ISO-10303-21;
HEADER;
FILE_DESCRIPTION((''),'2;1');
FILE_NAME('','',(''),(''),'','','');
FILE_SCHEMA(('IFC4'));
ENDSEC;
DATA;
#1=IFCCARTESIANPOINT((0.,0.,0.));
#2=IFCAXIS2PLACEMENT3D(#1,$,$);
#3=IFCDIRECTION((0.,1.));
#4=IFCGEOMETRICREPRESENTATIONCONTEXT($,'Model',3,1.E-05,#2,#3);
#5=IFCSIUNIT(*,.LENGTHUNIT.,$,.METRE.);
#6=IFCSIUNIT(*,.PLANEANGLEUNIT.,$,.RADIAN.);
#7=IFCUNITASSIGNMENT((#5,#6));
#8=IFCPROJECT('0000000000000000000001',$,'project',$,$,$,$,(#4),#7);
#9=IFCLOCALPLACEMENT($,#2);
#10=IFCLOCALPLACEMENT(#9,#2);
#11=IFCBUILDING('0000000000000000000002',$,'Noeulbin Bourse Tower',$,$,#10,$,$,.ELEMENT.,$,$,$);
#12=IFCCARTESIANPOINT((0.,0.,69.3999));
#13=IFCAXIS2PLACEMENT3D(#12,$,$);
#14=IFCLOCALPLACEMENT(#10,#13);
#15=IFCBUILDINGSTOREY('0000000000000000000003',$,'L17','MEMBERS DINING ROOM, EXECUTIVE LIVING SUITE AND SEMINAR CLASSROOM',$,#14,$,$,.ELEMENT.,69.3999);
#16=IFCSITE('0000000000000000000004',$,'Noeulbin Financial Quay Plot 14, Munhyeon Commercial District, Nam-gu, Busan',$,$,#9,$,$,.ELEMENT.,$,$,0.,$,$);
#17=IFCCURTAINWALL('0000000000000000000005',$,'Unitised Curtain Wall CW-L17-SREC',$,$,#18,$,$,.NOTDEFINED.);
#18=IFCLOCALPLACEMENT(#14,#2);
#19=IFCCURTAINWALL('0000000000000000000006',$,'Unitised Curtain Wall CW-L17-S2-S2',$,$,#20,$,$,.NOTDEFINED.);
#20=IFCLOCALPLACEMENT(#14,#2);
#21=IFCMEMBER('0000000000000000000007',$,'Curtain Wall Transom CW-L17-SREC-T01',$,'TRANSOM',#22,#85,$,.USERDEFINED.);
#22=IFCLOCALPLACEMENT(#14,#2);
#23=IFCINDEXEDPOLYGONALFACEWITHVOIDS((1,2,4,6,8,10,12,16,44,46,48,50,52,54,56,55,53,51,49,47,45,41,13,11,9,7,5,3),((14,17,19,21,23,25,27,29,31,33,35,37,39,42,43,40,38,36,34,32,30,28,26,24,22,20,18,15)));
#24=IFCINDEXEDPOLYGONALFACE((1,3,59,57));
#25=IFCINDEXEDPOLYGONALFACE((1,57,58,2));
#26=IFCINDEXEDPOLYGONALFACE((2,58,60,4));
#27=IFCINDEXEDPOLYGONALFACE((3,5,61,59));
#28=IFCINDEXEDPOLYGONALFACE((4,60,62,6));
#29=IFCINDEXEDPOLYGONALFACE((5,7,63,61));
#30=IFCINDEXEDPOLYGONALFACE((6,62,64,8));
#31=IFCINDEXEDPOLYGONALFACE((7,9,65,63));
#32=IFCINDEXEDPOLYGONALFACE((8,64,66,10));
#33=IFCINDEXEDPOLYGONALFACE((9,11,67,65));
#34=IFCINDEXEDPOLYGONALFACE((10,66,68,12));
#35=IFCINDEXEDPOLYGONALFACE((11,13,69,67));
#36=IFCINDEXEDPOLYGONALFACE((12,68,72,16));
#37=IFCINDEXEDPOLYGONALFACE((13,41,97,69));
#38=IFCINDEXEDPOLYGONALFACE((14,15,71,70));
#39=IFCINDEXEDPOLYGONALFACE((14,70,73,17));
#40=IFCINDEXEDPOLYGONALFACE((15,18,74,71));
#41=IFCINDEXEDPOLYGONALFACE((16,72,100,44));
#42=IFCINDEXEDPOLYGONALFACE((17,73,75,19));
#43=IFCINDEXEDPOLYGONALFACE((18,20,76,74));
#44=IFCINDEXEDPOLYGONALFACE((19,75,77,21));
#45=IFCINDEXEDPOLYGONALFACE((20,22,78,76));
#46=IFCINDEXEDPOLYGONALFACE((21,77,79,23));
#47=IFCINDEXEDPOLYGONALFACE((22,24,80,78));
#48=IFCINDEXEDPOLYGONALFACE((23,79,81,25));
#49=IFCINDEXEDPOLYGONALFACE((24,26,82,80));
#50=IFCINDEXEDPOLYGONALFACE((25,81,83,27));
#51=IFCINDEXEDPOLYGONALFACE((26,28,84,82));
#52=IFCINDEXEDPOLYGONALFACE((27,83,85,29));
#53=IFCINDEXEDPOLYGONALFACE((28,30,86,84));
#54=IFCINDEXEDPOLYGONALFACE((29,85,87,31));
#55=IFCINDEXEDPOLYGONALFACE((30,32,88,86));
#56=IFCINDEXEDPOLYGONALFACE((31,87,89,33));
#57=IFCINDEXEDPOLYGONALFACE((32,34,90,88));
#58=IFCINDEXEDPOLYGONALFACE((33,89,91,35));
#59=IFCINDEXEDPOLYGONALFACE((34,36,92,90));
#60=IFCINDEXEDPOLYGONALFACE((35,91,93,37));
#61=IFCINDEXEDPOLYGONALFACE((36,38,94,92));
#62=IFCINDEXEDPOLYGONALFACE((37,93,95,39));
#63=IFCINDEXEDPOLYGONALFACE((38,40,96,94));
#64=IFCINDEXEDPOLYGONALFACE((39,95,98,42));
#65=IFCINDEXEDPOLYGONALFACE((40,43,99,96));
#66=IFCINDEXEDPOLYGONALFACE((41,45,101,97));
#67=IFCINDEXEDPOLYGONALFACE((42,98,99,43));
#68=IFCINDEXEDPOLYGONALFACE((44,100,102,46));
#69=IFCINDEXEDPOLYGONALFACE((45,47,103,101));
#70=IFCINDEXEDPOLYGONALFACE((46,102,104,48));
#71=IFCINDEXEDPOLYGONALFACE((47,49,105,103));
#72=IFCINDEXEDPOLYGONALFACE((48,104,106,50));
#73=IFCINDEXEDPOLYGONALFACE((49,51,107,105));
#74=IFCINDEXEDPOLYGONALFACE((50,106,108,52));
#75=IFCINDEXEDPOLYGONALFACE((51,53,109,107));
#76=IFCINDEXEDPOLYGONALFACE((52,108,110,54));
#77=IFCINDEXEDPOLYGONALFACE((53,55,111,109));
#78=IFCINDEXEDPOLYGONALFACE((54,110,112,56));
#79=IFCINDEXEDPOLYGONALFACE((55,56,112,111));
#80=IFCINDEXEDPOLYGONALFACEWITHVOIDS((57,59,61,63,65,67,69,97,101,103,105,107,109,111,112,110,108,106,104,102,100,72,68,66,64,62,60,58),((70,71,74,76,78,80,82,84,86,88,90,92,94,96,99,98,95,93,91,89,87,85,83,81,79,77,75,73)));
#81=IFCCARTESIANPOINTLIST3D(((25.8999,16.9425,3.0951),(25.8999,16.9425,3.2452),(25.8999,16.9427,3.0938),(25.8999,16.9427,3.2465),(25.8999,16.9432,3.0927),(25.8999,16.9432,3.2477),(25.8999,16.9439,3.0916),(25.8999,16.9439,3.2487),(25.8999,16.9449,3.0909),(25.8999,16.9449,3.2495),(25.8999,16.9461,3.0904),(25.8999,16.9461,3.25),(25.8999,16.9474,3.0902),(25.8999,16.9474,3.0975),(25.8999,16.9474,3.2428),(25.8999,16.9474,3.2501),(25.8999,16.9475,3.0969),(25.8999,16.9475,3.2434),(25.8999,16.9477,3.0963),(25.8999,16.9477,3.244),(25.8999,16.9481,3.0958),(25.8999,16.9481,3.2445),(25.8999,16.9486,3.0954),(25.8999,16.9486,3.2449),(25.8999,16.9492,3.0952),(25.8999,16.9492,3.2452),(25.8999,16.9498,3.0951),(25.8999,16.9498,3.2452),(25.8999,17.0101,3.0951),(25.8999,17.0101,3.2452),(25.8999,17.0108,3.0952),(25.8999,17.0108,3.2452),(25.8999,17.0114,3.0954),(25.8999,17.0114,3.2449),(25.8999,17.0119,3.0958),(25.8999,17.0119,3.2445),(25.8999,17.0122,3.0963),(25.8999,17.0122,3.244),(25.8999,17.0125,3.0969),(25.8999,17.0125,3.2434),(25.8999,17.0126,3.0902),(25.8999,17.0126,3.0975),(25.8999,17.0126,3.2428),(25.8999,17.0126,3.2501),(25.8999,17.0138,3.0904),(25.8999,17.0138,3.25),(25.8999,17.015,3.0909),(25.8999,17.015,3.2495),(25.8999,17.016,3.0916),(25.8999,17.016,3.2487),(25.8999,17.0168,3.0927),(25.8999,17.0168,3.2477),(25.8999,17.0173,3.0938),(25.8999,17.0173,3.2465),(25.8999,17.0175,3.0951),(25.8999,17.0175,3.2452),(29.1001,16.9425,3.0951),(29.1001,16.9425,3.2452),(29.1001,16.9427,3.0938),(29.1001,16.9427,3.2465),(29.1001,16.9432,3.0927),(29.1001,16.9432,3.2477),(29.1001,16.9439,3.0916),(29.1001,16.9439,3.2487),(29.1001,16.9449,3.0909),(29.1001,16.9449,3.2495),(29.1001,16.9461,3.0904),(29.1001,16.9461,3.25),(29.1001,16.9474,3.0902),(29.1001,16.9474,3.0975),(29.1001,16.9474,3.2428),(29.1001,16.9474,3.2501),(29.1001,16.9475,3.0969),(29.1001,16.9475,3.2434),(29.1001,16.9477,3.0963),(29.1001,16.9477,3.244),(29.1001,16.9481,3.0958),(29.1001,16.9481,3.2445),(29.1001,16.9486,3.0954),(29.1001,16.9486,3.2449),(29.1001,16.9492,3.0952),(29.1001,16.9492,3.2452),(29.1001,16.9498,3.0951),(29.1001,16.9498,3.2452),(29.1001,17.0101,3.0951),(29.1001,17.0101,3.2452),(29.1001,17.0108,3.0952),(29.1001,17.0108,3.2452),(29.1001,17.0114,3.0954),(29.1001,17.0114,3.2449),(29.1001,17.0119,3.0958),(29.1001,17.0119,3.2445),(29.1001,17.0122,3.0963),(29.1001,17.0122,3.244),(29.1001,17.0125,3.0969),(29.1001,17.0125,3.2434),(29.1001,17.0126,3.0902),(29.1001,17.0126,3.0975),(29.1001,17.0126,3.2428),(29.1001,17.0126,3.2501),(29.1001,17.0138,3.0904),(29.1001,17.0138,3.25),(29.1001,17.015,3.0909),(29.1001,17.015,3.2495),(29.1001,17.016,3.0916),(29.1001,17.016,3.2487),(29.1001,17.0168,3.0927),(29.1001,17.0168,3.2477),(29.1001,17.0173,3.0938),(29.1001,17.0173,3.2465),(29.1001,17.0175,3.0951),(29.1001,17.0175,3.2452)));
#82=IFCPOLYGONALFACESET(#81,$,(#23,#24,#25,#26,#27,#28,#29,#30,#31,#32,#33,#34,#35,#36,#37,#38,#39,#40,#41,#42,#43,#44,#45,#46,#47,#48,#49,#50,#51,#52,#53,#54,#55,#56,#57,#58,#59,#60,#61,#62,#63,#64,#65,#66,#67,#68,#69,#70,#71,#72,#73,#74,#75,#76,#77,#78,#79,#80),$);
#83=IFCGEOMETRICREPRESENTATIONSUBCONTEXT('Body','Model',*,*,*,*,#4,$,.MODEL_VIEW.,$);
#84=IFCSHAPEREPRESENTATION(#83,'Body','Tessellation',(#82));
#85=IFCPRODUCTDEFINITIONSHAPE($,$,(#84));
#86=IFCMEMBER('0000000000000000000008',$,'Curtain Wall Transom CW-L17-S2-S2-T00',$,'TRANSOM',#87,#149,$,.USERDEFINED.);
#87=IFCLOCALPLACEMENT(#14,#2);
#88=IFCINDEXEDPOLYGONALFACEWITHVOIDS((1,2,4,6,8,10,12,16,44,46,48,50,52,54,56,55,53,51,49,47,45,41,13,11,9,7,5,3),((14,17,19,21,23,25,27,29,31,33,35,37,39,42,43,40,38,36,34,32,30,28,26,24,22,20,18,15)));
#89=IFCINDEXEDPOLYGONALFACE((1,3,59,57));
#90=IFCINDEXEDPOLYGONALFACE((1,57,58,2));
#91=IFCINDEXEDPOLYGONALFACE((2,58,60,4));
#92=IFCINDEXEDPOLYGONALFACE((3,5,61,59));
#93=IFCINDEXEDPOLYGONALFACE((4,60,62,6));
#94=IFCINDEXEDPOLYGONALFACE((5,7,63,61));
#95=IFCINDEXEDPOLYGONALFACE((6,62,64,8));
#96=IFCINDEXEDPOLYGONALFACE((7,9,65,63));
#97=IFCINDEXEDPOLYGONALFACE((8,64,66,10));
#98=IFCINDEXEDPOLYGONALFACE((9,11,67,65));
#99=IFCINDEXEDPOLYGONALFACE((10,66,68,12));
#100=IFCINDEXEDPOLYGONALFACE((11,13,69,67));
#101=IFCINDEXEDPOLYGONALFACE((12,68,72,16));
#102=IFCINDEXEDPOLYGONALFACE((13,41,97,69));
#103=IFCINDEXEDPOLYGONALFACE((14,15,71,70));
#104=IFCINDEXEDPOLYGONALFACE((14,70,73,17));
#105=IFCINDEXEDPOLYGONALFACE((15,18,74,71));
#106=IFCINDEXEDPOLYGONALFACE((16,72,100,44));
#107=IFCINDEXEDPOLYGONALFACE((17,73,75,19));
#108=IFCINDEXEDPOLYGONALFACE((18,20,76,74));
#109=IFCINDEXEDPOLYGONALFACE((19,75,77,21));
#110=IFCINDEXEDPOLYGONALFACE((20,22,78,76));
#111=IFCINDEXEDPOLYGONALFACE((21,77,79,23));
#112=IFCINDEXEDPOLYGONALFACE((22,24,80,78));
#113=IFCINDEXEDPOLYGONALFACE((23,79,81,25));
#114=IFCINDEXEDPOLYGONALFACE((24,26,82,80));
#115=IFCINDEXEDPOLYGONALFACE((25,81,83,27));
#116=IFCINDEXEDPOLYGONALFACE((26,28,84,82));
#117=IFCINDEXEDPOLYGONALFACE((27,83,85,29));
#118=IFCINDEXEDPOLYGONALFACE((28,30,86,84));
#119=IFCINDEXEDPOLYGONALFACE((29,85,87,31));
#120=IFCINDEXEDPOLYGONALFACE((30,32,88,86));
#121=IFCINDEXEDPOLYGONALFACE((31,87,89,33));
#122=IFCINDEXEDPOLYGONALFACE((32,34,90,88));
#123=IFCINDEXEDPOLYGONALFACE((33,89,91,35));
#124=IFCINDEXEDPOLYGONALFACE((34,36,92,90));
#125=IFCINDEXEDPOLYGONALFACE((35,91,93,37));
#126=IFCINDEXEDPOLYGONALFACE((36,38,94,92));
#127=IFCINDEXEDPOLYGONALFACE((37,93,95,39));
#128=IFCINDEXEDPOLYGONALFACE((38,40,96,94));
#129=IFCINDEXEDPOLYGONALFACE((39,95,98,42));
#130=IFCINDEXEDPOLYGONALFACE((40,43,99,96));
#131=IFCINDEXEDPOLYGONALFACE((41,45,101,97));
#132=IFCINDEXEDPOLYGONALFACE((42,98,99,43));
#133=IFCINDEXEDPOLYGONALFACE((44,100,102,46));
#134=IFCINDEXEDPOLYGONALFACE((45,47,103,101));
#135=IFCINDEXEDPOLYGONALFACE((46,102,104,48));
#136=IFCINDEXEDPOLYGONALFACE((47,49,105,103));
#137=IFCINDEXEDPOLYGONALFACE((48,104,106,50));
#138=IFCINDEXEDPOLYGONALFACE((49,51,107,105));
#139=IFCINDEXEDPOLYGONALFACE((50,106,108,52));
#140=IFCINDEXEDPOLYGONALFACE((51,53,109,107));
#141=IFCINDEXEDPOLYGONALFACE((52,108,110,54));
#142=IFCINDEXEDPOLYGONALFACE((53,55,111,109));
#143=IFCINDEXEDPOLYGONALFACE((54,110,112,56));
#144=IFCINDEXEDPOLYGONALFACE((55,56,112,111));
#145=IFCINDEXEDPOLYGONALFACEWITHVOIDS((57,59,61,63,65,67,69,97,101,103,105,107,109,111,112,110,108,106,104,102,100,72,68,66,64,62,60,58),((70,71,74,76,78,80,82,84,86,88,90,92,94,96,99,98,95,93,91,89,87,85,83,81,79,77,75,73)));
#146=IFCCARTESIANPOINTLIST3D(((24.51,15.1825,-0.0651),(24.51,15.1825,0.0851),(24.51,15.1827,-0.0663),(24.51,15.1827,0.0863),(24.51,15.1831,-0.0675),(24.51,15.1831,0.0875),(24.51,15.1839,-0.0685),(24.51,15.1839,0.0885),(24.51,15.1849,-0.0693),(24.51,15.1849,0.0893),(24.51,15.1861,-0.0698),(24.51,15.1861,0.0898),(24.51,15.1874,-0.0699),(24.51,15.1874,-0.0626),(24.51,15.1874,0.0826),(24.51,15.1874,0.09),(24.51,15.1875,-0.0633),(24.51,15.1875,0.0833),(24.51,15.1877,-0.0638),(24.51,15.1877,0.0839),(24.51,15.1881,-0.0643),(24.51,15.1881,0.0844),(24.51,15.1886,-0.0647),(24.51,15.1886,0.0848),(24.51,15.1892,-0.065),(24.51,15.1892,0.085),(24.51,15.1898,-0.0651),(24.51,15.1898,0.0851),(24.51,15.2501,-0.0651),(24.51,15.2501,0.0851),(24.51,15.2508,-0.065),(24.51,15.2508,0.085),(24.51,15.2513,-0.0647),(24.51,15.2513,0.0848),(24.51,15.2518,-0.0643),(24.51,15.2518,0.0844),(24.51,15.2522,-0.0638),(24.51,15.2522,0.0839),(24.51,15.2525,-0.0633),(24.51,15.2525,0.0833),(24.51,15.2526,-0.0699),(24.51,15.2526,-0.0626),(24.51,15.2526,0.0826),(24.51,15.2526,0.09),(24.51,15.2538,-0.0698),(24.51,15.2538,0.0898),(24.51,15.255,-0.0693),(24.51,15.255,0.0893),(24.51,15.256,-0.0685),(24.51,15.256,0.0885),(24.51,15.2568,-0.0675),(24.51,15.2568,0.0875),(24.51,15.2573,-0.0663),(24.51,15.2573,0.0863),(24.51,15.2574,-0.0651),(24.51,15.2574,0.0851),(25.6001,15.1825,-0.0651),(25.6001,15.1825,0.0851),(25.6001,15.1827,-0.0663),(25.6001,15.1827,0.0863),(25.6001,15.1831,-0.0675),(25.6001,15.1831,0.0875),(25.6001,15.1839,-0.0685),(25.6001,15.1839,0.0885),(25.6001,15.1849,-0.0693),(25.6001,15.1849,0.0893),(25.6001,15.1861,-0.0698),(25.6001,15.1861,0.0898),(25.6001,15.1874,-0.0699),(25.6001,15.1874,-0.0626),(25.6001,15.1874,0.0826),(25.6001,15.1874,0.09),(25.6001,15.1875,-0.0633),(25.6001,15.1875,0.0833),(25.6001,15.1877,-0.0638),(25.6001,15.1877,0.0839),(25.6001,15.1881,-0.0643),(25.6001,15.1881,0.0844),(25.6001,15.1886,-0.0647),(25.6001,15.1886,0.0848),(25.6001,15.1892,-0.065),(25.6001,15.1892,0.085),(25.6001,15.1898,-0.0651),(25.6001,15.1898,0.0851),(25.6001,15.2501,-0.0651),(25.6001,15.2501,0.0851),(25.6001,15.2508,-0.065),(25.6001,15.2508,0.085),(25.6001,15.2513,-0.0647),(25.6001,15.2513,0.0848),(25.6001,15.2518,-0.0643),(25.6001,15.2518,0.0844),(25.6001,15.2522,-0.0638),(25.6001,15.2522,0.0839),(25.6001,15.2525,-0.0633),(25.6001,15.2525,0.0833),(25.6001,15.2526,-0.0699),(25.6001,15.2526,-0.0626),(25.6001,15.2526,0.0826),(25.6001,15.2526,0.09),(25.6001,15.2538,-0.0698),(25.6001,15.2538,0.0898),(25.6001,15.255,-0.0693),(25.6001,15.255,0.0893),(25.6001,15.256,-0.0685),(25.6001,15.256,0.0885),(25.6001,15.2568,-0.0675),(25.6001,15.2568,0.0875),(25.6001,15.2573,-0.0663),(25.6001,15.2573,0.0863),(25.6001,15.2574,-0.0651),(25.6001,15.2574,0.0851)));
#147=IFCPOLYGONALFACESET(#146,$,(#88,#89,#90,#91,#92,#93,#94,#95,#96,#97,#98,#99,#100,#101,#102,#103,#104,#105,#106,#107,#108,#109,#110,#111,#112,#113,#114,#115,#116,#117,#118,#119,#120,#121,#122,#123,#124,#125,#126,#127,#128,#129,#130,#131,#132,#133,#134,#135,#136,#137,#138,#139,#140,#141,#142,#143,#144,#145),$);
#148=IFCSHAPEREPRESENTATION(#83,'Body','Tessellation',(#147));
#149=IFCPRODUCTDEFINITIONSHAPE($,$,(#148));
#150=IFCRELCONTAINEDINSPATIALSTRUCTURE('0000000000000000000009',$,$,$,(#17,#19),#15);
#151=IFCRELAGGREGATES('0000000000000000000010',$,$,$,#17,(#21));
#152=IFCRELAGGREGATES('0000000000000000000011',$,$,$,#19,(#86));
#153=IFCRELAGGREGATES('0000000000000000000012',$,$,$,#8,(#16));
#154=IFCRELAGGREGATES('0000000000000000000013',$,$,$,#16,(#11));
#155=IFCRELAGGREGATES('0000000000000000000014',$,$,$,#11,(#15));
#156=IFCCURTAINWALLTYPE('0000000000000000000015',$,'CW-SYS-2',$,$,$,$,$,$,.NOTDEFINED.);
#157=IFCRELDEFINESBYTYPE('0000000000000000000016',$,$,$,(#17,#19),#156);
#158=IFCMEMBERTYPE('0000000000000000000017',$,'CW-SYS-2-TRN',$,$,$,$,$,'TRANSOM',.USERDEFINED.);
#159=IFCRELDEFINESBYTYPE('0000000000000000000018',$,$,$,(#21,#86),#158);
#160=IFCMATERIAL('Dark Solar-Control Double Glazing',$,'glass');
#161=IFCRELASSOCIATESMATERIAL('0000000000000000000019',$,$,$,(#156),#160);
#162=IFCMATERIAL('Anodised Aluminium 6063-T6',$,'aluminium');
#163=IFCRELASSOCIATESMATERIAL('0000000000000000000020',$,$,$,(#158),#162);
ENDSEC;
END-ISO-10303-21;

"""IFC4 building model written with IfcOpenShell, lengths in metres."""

from ifc_helpers import new_model, si_unit, direction, frame, origin, origin_2d, place, context, subcontext, project, spatial, hollow_rectangle, extrude, material, material_profile, profile_set, type_object, element, aggregate, save


model = new_model("IFC4")

# Units and contexts
model_context = context("Model", 3, precision=1e-05, world=origin(), true_north=direction((0.0, 1.0)))
body_context = subcontext(model_context, "Body", "Model", "MODEL_VIEW")
ifc_project = project(units=[si_unit("LENGTHUNIT", "METRE"), si_unit("PLANEANGLEUNIT", "RADIAN")], contexts=[model_context])

# Site, building, storey
site_placement = place(None, origin())
site = spatial("IfcSite", under=ifc_project, at=site_placement, Name="Noeulbin Financial Quay Plot 14, Munhyeon Commercial District, Nam-gu, Busan", CompositionType="ELEMENT", RefElevation=0.0)
building_placement = place(site_placement, origin())
building = spatial("IfcBuilding", under=site, at=building_placement, Name="Noeulbin Bourse Tower", CompositionType="ELEMENT")
storey_placement = place(building_placement, frame((0.0, 0.0, 69.3999)))
storey = spatial("IfcBuildingStorey", under=building, at=storey_placement, Name="L17", Description="MEMBERS DINING ROOM, EXECUTIVE LIVING SUITE AND SEMINAR CLASSROOM", CompositionType="ELEMENT", Elevation=69.3999)

# Curtain wall
ifc_material_1 = material(Name="Dark Solar-Control Double Glazing", Category="glass")
curtain_wall_type = type_object("IfcCurtainWallType", Name="CW-SYS-2", PredefinedType="NOTDEFINED", material=ifc_material_1)
curtain_wall_1_placement = place(storey_placement, origin())
curtain_wall_1 = element("IfcCurtainWall", 1, at=curtain_wall_1_placement, inside=storey, type_object=curtain_wall_type, Name="Unitised Curtain Wall CW-L17-SREC", PredefinedType="NOTDEFINED")
ifc_material_2 = material(Name="Anodised Aluminium 6063-T6", Category="aluminium")

# Curtain wall
curtain_wall_2_placement = place(storey_placement, origin())
curtain_wall_2 = element("IfcCurtainWall", 2, at=curtain_wall_2_placement, inside=storey, type_object=curtain_wall_type, Name="Unitised Curtain Wall CW-L17-S2-S2", PredefinedType="NOTDEFINED")

# Members
ifc_material_profile_1 = material_profile(ifc_material_2, hollow_rectangle(XDim=0.075, YDim=0.1599, WallThickness=0.0049, InnerFilletRadius=0.0024, OuterFilletRadius=0.0049, at=origin_2d()), Name="ALU-TRAN-75x160x5", Category="LoadBearing")
ifc_profile_set_1 = profile_set([ifc_material_profile_1], Name="Anodised Aluminium 6063-T6")
member_type_1 = type_object("IfcMemberType", Name="CW-SYS-2-TRN", ElementType="TRANSOM", PredefinedType="USERDEFINED", material=ifc_profile_set_1)
member_1_placement = place(storey_placement, frame((25.8999, 16.98, 3.1702), z_axis=(1.0, 0.0, 0.0), x_axis=(0.0, 1.0, 0.0)))
member_1 = element("IfcMember", 3, at=member_1_placement, type_object=member_type_1, Name="Curtain Wall Transom CW-L17-SREC-T01", ObjectType="TRANSOM", PredefinedType="USERDEFINED", context=body_context, shape_type="SweptSolid", body=[
    extrude(hollow_rectangle(XDim=0.075, YDim=0.1599, WallThickness=0.0049, InnerFilletRadius=0.0024, OuterFilletRadius=0.0049, at=origin_2d()), origin(), (0.0, 0.0, 1.0), 3.2002),
])
member_2_placement = place(storey_placement, frame((24.51, 15.22, 0.01), z_axis=(1.0, 0.0, 0.0), x_axis=(0.0, 1.0, 0.0)))
member_2 = element("IfcMember", 4, at=member_2_placement, type_object=member_type_1, Name="Curtain Wall Transom CW-L17-S2-S2-T00", ObjectType="TRANSOM", PredefinedType="USERDEFINED", context=body_context, shape_type="SweptSolid", body=[
    extrude(hollow_rectangle(XDim=0.075, YDim=0.1599, WallThickness=0.0049, InnerFilletRadius=0.0024, OuterFilletRadius=0.0049, at=origin_2d()), origin(), (0.0, 0.0, 1.0), 1.0901),
])

aggregate(curtain_wall_1, [member_1])
aggregate(curtain_wall_2, [member_2])

save(model, "model.ifc")
